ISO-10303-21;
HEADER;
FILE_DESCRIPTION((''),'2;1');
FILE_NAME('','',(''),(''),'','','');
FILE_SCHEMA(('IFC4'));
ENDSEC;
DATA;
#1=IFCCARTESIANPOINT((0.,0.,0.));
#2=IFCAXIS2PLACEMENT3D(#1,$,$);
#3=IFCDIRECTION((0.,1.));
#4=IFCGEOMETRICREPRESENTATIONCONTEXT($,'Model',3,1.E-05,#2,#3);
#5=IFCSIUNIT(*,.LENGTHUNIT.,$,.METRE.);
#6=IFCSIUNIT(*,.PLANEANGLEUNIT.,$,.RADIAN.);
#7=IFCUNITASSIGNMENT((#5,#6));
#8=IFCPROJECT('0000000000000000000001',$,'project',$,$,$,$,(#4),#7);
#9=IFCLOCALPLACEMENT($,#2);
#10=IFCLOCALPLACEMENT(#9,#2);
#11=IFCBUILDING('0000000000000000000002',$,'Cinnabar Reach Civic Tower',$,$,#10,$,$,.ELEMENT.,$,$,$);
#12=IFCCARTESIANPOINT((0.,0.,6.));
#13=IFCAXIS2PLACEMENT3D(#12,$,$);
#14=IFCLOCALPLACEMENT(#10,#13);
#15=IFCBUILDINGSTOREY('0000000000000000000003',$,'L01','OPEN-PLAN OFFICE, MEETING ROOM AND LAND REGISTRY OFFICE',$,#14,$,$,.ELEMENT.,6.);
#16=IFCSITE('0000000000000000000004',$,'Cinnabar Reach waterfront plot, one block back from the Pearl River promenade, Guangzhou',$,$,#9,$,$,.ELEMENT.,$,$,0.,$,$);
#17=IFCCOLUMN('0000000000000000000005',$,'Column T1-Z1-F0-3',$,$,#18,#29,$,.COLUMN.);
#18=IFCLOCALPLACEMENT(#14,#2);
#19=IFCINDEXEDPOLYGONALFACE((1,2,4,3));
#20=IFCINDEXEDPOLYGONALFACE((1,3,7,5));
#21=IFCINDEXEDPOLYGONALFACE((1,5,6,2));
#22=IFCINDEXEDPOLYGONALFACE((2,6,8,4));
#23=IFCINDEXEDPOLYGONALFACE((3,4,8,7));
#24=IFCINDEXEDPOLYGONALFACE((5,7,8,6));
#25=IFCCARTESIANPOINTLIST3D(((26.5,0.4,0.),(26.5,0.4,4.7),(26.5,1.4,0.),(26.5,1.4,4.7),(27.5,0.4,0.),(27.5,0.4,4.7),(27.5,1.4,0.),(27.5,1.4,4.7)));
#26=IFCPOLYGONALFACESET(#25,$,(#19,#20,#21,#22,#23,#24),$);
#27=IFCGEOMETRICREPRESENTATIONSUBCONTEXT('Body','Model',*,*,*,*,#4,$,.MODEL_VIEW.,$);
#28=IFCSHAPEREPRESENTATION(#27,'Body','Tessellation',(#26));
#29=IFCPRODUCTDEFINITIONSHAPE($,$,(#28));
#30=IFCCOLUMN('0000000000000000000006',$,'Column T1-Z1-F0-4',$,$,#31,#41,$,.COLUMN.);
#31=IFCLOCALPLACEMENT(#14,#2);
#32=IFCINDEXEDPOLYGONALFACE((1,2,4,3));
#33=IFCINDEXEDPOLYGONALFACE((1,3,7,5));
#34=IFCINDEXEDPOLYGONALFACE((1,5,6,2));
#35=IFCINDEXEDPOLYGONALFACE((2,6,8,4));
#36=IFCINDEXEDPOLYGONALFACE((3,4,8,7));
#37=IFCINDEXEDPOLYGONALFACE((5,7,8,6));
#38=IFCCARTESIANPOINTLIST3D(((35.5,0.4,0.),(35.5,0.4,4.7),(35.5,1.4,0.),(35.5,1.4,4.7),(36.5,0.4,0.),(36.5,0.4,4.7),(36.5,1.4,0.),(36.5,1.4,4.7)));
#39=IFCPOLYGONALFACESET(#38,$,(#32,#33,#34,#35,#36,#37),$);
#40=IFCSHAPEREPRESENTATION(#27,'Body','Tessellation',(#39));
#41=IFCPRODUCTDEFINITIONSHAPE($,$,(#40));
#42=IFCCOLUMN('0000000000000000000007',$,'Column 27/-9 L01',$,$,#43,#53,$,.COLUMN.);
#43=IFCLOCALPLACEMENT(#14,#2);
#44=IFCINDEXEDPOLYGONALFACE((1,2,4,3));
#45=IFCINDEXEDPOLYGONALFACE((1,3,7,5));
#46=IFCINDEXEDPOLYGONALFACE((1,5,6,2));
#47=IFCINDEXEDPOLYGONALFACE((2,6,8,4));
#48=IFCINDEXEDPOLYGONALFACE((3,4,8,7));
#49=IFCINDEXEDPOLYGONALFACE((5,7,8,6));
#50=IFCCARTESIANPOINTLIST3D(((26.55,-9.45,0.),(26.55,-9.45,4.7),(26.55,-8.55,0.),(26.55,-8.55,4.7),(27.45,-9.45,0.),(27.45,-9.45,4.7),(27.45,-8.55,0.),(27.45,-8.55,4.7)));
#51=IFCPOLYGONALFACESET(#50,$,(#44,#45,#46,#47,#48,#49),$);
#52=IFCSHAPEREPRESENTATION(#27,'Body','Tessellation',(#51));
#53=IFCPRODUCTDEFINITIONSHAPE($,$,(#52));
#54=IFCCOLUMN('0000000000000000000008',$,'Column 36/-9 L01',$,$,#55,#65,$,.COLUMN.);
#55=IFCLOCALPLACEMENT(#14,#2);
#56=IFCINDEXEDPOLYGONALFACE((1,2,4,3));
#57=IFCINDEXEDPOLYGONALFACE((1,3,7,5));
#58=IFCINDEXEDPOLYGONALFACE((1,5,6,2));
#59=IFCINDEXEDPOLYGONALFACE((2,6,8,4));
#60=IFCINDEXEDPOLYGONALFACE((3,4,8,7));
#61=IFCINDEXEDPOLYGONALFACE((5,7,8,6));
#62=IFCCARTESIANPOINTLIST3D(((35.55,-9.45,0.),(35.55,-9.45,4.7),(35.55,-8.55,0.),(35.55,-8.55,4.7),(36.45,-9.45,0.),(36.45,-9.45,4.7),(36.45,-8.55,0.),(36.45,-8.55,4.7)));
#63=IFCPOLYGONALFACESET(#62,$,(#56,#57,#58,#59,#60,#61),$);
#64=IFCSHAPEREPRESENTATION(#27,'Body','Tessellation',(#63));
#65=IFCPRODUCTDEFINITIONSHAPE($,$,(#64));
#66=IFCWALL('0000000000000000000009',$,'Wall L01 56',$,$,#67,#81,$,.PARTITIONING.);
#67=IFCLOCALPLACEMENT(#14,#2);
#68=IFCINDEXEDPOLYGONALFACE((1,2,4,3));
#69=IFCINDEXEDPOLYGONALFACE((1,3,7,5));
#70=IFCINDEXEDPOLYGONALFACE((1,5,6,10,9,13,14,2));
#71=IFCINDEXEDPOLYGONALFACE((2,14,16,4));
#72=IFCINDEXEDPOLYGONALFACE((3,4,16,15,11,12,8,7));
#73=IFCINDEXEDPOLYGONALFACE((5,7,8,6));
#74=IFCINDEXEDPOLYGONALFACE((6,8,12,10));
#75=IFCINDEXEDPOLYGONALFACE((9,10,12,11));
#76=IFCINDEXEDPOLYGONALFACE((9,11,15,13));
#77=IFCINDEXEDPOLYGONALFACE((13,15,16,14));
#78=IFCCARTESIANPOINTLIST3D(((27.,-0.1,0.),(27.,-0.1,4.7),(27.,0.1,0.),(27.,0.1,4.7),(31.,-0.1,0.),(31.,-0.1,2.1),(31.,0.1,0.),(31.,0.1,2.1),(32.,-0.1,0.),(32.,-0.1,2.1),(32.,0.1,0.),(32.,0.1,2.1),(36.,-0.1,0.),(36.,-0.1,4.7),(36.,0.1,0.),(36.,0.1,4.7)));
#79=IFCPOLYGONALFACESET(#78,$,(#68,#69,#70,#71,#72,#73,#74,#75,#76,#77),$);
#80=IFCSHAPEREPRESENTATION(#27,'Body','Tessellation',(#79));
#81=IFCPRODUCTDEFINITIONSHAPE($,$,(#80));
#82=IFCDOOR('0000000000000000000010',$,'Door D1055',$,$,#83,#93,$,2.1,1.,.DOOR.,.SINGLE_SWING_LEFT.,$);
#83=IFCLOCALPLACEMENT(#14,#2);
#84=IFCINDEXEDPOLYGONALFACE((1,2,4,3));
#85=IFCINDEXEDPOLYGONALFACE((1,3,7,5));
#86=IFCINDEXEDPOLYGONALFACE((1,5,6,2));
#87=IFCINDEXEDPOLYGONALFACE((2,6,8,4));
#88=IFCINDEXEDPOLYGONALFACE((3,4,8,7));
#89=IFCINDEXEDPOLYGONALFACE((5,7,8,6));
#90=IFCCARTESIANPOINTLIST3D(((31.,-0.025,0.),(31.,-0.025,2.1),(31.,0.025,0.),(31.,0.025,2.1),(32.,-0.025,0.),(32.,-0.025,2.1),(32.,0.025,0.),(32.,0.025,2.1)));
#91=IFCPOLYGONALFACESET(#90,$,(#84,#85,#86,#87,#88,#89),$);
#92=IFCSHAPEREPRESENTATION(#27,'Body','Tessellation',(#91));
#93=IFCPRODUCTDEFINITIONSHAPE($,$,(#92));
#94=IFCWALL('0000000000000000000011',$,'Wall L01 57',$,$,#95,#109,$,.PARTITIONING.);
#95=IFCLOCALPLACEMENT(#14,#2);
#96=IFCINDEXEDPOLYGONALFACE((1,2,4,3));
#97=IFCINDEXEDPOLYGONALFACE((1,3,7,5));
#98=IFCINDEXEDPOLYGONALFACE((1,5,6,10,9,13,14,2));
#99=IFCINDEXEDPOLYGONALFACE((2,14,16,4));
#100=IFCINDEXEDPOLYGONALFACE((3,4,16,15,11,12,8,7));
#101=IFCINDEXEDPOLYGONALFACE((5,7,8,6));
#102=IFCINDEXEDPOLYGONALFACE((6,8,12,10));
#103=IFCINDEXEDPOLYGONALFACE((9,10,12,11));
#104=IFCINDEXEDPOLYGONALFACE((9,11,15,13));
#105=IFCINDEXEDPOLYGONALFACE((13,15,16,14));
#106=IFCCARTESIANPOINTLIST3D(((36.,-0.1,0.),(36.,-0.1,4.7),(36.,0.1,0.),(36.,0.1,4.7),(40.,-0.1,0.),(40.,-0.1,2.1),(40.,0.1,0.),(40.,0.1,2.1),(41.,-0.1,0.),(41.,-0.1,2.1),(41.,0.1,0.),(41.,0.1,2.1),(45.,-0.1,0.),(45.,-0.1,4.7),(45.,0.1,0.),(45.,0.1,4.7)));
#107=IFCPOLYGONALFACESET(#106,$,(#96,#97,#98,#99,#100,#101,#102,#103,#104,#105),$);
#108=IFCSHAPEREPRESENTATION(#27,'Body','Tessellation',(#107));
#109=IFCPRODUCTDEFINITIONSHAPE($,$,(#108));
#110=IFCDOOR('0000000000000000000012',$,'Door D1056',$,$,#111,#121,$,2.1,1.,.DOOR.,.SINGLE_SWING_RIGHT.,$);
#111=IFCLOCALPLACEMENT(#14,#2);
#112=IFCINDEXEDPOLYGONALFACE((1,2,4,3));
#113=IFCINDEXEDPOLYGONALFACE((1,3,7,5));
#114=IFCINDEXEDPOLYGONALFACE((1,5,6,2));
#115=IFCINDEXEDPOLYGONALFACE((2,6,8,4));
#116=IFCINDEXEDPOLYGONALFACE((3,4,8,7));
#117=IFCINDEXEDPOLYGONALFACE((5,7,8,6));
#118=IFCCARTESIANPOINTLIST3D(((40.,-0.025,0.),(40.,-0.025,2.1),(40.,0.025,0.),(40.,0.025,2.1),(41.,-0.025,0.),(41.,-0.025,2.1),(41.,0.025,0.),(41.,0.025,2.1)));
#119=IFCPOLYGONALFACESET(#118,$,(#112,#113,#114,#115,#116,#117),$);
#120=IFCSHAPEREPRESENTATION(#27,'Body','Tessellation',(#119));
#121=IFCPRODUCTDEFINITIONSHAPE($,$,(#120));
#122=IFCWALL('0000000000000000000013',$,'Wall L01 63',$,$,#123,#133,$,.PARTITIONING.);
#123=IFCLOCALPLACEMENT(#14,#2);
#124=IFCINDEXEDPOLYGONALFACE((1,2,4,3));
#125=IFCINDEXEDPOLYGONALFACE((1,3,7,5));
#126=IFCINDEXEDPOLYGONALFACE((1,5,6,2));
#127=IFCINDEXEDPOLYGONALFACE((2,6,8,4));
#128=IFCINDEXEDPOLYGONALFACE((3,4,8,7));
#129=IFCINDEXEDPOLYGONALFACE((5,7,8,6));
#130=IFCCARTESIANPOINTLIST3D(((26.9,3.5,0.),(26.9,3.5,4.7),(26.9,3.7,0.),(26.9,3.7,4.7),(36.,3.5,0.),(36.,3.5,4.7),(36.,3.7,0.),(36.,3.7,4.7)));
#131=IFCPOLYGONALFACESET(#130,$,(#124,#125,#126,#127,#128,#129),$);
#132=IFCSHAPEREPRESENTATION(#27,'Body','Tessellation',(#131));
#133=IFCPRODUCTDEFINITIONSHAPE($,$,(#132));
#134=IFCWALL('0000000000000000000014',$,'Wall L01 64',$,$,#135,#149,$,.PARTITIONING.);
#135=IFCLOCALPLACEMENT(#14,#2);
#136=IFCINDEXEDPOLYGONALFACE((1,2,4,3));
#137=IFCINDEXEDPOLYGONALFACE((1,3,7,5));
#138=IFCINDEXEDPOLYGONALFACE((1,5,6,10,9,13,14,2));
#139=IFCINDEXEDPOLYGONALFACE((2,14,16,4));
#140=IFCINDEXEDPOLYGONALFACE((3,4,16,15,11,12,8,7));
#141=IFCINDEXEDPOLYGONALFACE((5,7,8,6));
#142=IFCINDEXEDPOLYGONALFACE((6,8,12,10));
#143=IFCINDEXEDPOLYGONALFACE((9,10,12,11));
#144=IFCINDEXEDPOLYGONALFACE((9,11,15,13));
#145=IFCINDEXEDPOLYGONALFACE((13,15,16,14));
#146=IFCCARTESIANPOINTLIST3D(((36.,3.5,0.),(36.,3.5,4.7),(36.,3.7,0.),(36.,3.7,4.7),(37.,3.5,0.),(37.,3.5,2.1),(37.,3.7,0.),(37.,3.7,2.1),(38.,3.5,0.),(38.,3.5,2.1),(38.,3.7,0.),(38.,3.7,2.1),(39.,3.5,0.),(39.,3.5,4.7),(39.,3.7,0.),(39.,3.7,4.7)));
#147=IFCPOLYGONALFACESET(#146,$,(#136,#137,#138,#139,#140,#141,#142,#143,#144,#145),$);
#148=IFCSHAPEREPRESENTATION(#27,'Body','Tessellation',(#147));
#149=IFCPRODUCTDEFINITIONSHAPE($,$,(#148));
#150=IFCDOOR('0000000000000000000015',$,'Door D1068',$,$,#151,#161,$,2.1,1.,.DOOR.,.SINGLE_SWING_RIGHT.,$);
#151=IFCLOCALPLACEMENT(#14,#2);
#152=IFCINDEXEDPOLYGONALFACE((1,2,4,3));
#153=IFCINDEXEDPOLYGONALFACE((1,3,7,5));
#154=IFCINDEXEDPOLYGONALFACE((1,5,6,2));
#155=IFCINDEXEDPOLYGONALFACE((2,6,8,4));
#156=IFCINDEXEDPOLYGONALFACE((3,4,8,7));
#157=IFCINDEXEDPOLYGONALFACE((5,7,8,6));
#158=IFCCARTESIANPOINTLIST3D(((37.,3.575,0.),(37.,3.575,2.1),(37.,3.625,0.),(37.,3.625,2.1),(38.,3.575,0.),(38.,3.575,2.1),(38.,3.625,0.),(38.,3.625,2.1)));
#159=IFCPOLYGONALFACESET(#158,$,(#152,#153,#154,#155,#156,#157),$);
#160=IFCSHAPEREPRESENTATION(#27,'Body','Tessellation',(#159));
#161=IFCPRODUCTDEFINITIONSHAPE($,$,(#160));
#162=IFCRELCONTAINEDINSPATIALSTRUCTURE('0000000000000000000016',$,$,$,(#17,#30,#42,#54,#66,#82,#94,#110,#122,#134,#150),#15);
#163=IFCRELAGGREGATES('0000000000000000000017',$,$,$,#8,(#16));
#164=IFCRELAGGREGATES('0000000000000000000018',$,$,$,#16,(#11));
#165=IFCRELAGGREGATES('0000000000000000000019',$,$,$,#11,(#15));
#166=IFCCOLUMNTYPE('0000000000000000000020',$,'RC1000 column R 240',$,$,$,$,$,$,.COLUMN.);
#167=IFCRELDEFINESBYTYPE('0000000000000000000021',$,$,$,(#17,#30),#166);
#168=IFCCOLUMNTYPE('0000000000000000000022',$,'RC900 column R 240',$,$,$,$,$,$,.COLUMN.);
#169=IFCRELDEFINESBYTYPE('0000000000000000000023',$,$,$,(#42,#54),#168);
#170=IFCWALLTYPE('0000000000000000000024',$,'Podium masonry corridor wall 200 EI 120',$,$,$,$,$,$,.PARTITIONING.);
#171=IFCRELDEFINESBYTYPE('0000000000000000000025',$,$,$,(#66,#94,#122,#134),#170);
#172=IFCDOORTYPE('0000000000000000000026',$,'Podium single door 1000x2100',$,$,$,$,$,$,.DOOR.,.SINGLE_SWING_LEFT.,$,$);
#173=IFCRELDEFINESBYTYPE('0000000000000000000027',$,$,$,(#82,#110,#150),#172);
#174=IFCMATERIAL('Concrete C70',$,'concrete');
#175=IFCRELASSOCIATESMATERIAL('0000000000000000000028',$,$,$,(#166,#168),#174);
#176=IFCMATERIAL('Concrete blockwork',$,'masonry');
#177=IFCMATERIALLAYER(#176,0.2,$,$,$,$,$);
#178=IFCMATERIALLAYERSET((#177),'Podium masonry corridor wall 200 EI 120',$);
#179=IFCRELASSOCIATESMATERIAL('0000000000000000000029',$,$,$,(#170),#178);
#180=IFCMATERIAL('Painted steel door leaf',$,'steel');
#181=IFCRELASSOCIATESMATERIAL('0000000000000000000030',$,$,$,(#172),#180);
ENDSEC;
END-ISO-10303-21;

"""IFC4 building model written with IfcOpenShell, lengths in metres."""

from ifc_helpers import new_model, si_unit, direction, frame, frame_2d, origin, origin_2d, place, context, subcontext, project, spatial, rectangle, extrude, material, layer, layer_set, material_profile, profile_set, type_object, element, fill, save


model = new_model("IFC4")

# Units and contexts
model_context = context("Model", 3, precision=1e-05, world=origin(), true_north=direction((0.0, 1.0)))
body_context = subcontext(model_context, "Body", "Model", "MODEL_VIEW")
ifc_project = project(units=[si_unit("LENGTHUNIT", "METRE"), si_unit("PLANEANGLEUNIT", "RADIAN")], contexts=[model_context])

# Site, building, storey
site_placement = place(None, origin())
site = spatial("IfcSite", under=ifc_project, at=site_placement, Name="Cinnabar Reach waterfront plot, one block back from the Pearl River promenade, Guangzhou", CompositionType="ELEMENT", RefElevation=0.0)
building_placement = place(site_placement, origin())
building = spatial("IfcBuilding", under=site, at=building_placement, Name="Cinnabar Reach Civic Tower", CompositionType="ELEMENT")
storey_placement = place(building_placement, frame((0.0, 0.0, 6.0)))
storey = spatial("IfcBuildingStorey", under=building, at=storey_placement, Name="L01", Description="OPEN-PLAN OFFICE, MEETING ROOM AND LAND REGISTRY OFFICE", CompositionType="ELEMENT", Elevation=6.0)

# Columns
ifc_material_1 = material(Name="Concrete C70", Category="concrete")
ifc_material_profile_1 = material_profile(ifc_material_1, rectangle(XDim=1.0, YDim=1.0, at=origin_2d()), Name="RC1000")
ifc_profile_set_1 = profile_set([ifc_material_profile_1], Name="Concrete C70")
column_type_1 = type_object("IfcColumnType", Name="RC1000 column R 240", PredefinedType="COLUMN", material=ifc_profile_set_1)
for number, where, z_axis, x_axis, name in (
    (1, (27.0, 0.9, 0.0), (0.0, 0.0, 1.0), (1.0, 0.0, 0.0), "Column T1-Z1-F0-3"),
    (2, (36.0, 0.9, 0.0), (0.0, 0.0, 1.0), (1.0, 0.0, 0.0), "Column T1-Z1-F0-4"),
):
    element("IfcColumn", number, at=place(storey_placement, frame(where, z_axis=z_axis, x_axis=x_axis)), inside=storey, type_object=column_type_1, Name=name, PredefinedType="COLUMN", context=body_context, shape_type="SweptSolid", body=[
        extrude(rectangle(XDim=1.0, YDim=1.0, at=origin_2d()), origin(), (0.0, 0.0, 1.0), 4.7),
    ])
ifc_material_profile_2 = material_profile(ifc_material_1, rectangle(XDim=0.9, YDim=0.9, at=origin_2d()), Name="RC900")
ifc_profile_set_2 = profile_set([ifc_material_profile_2], Name="Concrete C70")
column_type_2 = type_object("IfcColumnType", Name="RC900 column R 240", PredefinedType="COLUMN", material=ifc_profile_set_2)
for number, where, z_axis, x_axis, name in (
    (3, (27.0, -9.0, 0.0), (0.0, 0.0, 1.0), (1.0, 0.0, 0.0), "Column 27/-9 L01"),
    (4, (36.0, -9.0, 0.0), (0.0, 0.0, 1.0), (1.0, 0.0, 0.0), "Column 36/-9 L01"),
):
    element("IfcColumn", number, at=place(storey_placement, frame(where, z_axis=z_axis, x_axis=x_axis)), inside=storey, type_object=column_type_2, Name=name, PredefinedType="COLUMN", context=body_context, shape_type="SweptSolid", body=[
        extrude(rectangle(XDim=0.9, YDim=0.9, at=origin_2d()), origin(), (0.0, 0.0, 1.0), 4.7),
    ])

# Walls, openings, doors
ifc_material_2 = material(Name="Concrete blockwork", Category="masonry")
ifc_layer_1 = layer(ifc_material_2, 0.2)
ifc_layer_set_1 = layer_set([ifc_layer_1], Name="Podium masonry corridor wall 200 EI 120")
wall_type_1 = type_object("IfcWallType", Name="Podium masonry corridor wall 200 EI 120", PredefinedType="PARTITIONING", material=ifc_layer_set_1)
wall_1_placement = place(storey_placement, frame((27.0, 0.0, 0.0), z_axis=(0.0, 0.0, 1.0), x_axis=(1.0, 0.0, 0.0)))
wall_1 = element("IfcWall", 5, at=wall_1_placement, inside=storey, type_object=wall_type_1, Name="Wall L01 56", PredefinedType="PARTITIONING", context=body_context, shape_type="SweptSolid", body=[
    extrude(rectangle(XDim=9.0, YDim=0.2, at=frame_2d((4.5, 0.0))), origin(), (0.0, 0.0, 1.0), 4.7),
])
opening_1_placement = place(wall_1_placement, frame((4.0, 0.0, 0.0)))
opening_1 = element("IfcOpeningElement", 6, at=opening_1_placement, cuts=wall_1, PredefinedType="OPENING", context=body_context, shape_type="SweptSolid", body=[
    extrude(rectangle(XDim=1.0, YDim=2.1, at=frame_2d((0.5, 1.05))), frame((0.0, 0.11, 0.0), z_axis=(0.0, -1.0, 0.0), x_axis=(1.0, 0.0, 0.0)), (0.0, 0.0, 1.0), 0.22),
])
ifc_material_3 = material(Name="Painted steel door leaf", Category="steel")
door_type = type_object("IfcDoorType", Name="Podium single door 1000x2100", OperationType="SINGLE_SWING_LEFT", PredefinedType="DOOR", material=ifc_material_3)
door_1_placement = place(opening_1_placement, origin())
door_1 = element("IfcDoor", 7, at=door_1_placement, inside=storey, type_object=door_type, Name="Door D1055", OperationType="SINGLE_SWING_LEFT", OverallHeight=2.1, OverallWidth=1.0, PredefinedType="DOOR", context=body_context, shape_type="SweptSolid", body=[
    extrude(rectangle(XDim=1.0, YDim=2.1, at=frame_2d((0.5, 1.05))), frame((0.0, 0.025, 0.0), z_axis=(0.0, -1.0, 0.0), x_axis=(1.0, 0.0, 0.0)), (0.0, 0.0, 1.0), 0.05),
])
fill(opening_1, door_1)
wall_2_placement = place(storey_placement, frame((36.0, 0.0, 0.0), z_axis=(0.0, 0.0, 1.0), x_axis=(1.0, 0.0, 0.0)))
wall_2 = element("IfcWall", 8, at=wall_2_placement, inside=storey, type_object=wall_type_1, Name="Wall L01 57", PredefinedType="PARTITIONING", context=body_context, shape_type="SweptSolid", body=[
    extrude(rectangle(XDim=9.0, YDim=0.2, at=frame_2d((4.5, 0.0))), origin(), (0.0, 0.0, 1.0), 4.7),
])
opening_2_placement = place(wall_2_placement, frame((4.0, 0.0, 0.0)))
opening_2 = element("IfcOpeningElement", 9, at=opening_2_placement, cuts=wall_2, PredefinedType="OPENING", context=body_context, shape_type="SweptSolid", body=[
    extrude(rectangle(XDim=1.0, YDim=2.1, at=frame_2d((0.5, 1.05))), frame((0.0, 0.11, 0.0), z_axis=(0.0, -1.0, 0.0), x_axis=(1.0, 0.0, 0.0)), (0.0, 0.0, 1.0), 0.22),
])
door_2_placement = place(opening_2_placement, frame((1.0, 0.0, 0.0), z_axis=(0.0, 0.0, 1.0), x_axis=(-1.0, 0.0, 0.0)))
door_2 = element("IfcDoor", 10, at=door_2_placement, inside=storey, type_object=door_type, Name="Door D1056", OperationType="SINGLE_SWING_RIGHT", OverallHeight=2.1, OverallWidth=1.0, PredefinedType="DOOR", context=body_context, shape_type="SweptSolid", body=[
    extrude(rectangle(XDim=1.0, YDim=2.1, at=frame_2d((0.5, 1.05))), frame((0.0, 0.025, 0.0), z_axis=(0.0, -1.0, 0.0), x_axis=(1.0, 0.0, 0.0)), (0.0, 0.0, 1.0), 0.05),
])
fill(opening_2, door_2)

# Wall
wall_3_placement = place(storey_placement, frame((26.9, 3.6, 0.0), z_axis=(0.0, 0.0, 1.0), x_axis=(1.0, 0.0, 0.0)))
element("IfcWall", 11, at=wall_3_placement, inside=storey, type_object=wall_type_1, Name="Wall L01 63", PredefinedType="PARTITIONING", context=body_context, shape_type="SweptSolid", body=[
    extrude(rectangle(XDim=9.1, YDim=0.2, at=frame_2d((4.55, 0.0))), origin(), (0.0, 0.0, 1.0), 4.7),
])

# Wall, opening, door
wall_4_placement = place(storey_placement, frame((36.0, 3.6, 0.0), z_axis=(0.0, 0.0, 1.0), x_axis=(1.0, 0.0, 0.0)))
wall_4 = element("IfcWall", 12, at=wall_4_placement, inside=storey, type_object=wall_type_1, Name="Wall L01 64", PredefinedType="PARTITIONING", context=body_context, shape_type="SweptSolid", body=[
    extrude(rectangle(XDim=3.0, YDim=0.2, at=frame_2d((1.5, 0.0))), origin(), (0.0, 0.0, 1.0), 4.7),
])
opening_3_placement = place(wall_4_placement, frame((1.0, 0.0, 0.0)))
opening_3 = element("IfcOpeningElement", 13, at=opening_3_placement, cuts=wall_4, PredefinedType="OPENING", context=body_context, shape_type="SweptSolid", body=[
    extrude(rectangle(XDim=1.0, YDim=2.1, at=frame_2d((0.5, 1.05))), frame((0.0, 0.11, 0.0), z_axis=(0.0, -1.0, 0.0), x_axis=(1.0, 0.0, 0.0)), (0.0, 0.0, 1.0), 0.22),
])
door_3_placement = place(opening_3_placement, origin())
door_3 = element("IfcDoor", 14, at=door_3_placement, inside=storey, type_object=door_type, Name="Door D1068", OperationType="SINGLE_SWING_RIGHT", OverallHeight=2.1, OverallWidth=1.0, PredefinedType="DOOR", context=body_context, shape_type="SweptSolid", body=[
    extrude(rectangle(XDim=1.0, YDim=2.1, at=frame_2d((0.5, 1.05))), frame((0.0, 0.025, 0.0), z_axis=(0.0, -1.0, 0.0), x_axis=(1.0, 0.0, 0.0)), (0.0, 0.0, 1.0), 0.05),
])
fill(opening_3, door_3)

save(model, "model.ifc")
